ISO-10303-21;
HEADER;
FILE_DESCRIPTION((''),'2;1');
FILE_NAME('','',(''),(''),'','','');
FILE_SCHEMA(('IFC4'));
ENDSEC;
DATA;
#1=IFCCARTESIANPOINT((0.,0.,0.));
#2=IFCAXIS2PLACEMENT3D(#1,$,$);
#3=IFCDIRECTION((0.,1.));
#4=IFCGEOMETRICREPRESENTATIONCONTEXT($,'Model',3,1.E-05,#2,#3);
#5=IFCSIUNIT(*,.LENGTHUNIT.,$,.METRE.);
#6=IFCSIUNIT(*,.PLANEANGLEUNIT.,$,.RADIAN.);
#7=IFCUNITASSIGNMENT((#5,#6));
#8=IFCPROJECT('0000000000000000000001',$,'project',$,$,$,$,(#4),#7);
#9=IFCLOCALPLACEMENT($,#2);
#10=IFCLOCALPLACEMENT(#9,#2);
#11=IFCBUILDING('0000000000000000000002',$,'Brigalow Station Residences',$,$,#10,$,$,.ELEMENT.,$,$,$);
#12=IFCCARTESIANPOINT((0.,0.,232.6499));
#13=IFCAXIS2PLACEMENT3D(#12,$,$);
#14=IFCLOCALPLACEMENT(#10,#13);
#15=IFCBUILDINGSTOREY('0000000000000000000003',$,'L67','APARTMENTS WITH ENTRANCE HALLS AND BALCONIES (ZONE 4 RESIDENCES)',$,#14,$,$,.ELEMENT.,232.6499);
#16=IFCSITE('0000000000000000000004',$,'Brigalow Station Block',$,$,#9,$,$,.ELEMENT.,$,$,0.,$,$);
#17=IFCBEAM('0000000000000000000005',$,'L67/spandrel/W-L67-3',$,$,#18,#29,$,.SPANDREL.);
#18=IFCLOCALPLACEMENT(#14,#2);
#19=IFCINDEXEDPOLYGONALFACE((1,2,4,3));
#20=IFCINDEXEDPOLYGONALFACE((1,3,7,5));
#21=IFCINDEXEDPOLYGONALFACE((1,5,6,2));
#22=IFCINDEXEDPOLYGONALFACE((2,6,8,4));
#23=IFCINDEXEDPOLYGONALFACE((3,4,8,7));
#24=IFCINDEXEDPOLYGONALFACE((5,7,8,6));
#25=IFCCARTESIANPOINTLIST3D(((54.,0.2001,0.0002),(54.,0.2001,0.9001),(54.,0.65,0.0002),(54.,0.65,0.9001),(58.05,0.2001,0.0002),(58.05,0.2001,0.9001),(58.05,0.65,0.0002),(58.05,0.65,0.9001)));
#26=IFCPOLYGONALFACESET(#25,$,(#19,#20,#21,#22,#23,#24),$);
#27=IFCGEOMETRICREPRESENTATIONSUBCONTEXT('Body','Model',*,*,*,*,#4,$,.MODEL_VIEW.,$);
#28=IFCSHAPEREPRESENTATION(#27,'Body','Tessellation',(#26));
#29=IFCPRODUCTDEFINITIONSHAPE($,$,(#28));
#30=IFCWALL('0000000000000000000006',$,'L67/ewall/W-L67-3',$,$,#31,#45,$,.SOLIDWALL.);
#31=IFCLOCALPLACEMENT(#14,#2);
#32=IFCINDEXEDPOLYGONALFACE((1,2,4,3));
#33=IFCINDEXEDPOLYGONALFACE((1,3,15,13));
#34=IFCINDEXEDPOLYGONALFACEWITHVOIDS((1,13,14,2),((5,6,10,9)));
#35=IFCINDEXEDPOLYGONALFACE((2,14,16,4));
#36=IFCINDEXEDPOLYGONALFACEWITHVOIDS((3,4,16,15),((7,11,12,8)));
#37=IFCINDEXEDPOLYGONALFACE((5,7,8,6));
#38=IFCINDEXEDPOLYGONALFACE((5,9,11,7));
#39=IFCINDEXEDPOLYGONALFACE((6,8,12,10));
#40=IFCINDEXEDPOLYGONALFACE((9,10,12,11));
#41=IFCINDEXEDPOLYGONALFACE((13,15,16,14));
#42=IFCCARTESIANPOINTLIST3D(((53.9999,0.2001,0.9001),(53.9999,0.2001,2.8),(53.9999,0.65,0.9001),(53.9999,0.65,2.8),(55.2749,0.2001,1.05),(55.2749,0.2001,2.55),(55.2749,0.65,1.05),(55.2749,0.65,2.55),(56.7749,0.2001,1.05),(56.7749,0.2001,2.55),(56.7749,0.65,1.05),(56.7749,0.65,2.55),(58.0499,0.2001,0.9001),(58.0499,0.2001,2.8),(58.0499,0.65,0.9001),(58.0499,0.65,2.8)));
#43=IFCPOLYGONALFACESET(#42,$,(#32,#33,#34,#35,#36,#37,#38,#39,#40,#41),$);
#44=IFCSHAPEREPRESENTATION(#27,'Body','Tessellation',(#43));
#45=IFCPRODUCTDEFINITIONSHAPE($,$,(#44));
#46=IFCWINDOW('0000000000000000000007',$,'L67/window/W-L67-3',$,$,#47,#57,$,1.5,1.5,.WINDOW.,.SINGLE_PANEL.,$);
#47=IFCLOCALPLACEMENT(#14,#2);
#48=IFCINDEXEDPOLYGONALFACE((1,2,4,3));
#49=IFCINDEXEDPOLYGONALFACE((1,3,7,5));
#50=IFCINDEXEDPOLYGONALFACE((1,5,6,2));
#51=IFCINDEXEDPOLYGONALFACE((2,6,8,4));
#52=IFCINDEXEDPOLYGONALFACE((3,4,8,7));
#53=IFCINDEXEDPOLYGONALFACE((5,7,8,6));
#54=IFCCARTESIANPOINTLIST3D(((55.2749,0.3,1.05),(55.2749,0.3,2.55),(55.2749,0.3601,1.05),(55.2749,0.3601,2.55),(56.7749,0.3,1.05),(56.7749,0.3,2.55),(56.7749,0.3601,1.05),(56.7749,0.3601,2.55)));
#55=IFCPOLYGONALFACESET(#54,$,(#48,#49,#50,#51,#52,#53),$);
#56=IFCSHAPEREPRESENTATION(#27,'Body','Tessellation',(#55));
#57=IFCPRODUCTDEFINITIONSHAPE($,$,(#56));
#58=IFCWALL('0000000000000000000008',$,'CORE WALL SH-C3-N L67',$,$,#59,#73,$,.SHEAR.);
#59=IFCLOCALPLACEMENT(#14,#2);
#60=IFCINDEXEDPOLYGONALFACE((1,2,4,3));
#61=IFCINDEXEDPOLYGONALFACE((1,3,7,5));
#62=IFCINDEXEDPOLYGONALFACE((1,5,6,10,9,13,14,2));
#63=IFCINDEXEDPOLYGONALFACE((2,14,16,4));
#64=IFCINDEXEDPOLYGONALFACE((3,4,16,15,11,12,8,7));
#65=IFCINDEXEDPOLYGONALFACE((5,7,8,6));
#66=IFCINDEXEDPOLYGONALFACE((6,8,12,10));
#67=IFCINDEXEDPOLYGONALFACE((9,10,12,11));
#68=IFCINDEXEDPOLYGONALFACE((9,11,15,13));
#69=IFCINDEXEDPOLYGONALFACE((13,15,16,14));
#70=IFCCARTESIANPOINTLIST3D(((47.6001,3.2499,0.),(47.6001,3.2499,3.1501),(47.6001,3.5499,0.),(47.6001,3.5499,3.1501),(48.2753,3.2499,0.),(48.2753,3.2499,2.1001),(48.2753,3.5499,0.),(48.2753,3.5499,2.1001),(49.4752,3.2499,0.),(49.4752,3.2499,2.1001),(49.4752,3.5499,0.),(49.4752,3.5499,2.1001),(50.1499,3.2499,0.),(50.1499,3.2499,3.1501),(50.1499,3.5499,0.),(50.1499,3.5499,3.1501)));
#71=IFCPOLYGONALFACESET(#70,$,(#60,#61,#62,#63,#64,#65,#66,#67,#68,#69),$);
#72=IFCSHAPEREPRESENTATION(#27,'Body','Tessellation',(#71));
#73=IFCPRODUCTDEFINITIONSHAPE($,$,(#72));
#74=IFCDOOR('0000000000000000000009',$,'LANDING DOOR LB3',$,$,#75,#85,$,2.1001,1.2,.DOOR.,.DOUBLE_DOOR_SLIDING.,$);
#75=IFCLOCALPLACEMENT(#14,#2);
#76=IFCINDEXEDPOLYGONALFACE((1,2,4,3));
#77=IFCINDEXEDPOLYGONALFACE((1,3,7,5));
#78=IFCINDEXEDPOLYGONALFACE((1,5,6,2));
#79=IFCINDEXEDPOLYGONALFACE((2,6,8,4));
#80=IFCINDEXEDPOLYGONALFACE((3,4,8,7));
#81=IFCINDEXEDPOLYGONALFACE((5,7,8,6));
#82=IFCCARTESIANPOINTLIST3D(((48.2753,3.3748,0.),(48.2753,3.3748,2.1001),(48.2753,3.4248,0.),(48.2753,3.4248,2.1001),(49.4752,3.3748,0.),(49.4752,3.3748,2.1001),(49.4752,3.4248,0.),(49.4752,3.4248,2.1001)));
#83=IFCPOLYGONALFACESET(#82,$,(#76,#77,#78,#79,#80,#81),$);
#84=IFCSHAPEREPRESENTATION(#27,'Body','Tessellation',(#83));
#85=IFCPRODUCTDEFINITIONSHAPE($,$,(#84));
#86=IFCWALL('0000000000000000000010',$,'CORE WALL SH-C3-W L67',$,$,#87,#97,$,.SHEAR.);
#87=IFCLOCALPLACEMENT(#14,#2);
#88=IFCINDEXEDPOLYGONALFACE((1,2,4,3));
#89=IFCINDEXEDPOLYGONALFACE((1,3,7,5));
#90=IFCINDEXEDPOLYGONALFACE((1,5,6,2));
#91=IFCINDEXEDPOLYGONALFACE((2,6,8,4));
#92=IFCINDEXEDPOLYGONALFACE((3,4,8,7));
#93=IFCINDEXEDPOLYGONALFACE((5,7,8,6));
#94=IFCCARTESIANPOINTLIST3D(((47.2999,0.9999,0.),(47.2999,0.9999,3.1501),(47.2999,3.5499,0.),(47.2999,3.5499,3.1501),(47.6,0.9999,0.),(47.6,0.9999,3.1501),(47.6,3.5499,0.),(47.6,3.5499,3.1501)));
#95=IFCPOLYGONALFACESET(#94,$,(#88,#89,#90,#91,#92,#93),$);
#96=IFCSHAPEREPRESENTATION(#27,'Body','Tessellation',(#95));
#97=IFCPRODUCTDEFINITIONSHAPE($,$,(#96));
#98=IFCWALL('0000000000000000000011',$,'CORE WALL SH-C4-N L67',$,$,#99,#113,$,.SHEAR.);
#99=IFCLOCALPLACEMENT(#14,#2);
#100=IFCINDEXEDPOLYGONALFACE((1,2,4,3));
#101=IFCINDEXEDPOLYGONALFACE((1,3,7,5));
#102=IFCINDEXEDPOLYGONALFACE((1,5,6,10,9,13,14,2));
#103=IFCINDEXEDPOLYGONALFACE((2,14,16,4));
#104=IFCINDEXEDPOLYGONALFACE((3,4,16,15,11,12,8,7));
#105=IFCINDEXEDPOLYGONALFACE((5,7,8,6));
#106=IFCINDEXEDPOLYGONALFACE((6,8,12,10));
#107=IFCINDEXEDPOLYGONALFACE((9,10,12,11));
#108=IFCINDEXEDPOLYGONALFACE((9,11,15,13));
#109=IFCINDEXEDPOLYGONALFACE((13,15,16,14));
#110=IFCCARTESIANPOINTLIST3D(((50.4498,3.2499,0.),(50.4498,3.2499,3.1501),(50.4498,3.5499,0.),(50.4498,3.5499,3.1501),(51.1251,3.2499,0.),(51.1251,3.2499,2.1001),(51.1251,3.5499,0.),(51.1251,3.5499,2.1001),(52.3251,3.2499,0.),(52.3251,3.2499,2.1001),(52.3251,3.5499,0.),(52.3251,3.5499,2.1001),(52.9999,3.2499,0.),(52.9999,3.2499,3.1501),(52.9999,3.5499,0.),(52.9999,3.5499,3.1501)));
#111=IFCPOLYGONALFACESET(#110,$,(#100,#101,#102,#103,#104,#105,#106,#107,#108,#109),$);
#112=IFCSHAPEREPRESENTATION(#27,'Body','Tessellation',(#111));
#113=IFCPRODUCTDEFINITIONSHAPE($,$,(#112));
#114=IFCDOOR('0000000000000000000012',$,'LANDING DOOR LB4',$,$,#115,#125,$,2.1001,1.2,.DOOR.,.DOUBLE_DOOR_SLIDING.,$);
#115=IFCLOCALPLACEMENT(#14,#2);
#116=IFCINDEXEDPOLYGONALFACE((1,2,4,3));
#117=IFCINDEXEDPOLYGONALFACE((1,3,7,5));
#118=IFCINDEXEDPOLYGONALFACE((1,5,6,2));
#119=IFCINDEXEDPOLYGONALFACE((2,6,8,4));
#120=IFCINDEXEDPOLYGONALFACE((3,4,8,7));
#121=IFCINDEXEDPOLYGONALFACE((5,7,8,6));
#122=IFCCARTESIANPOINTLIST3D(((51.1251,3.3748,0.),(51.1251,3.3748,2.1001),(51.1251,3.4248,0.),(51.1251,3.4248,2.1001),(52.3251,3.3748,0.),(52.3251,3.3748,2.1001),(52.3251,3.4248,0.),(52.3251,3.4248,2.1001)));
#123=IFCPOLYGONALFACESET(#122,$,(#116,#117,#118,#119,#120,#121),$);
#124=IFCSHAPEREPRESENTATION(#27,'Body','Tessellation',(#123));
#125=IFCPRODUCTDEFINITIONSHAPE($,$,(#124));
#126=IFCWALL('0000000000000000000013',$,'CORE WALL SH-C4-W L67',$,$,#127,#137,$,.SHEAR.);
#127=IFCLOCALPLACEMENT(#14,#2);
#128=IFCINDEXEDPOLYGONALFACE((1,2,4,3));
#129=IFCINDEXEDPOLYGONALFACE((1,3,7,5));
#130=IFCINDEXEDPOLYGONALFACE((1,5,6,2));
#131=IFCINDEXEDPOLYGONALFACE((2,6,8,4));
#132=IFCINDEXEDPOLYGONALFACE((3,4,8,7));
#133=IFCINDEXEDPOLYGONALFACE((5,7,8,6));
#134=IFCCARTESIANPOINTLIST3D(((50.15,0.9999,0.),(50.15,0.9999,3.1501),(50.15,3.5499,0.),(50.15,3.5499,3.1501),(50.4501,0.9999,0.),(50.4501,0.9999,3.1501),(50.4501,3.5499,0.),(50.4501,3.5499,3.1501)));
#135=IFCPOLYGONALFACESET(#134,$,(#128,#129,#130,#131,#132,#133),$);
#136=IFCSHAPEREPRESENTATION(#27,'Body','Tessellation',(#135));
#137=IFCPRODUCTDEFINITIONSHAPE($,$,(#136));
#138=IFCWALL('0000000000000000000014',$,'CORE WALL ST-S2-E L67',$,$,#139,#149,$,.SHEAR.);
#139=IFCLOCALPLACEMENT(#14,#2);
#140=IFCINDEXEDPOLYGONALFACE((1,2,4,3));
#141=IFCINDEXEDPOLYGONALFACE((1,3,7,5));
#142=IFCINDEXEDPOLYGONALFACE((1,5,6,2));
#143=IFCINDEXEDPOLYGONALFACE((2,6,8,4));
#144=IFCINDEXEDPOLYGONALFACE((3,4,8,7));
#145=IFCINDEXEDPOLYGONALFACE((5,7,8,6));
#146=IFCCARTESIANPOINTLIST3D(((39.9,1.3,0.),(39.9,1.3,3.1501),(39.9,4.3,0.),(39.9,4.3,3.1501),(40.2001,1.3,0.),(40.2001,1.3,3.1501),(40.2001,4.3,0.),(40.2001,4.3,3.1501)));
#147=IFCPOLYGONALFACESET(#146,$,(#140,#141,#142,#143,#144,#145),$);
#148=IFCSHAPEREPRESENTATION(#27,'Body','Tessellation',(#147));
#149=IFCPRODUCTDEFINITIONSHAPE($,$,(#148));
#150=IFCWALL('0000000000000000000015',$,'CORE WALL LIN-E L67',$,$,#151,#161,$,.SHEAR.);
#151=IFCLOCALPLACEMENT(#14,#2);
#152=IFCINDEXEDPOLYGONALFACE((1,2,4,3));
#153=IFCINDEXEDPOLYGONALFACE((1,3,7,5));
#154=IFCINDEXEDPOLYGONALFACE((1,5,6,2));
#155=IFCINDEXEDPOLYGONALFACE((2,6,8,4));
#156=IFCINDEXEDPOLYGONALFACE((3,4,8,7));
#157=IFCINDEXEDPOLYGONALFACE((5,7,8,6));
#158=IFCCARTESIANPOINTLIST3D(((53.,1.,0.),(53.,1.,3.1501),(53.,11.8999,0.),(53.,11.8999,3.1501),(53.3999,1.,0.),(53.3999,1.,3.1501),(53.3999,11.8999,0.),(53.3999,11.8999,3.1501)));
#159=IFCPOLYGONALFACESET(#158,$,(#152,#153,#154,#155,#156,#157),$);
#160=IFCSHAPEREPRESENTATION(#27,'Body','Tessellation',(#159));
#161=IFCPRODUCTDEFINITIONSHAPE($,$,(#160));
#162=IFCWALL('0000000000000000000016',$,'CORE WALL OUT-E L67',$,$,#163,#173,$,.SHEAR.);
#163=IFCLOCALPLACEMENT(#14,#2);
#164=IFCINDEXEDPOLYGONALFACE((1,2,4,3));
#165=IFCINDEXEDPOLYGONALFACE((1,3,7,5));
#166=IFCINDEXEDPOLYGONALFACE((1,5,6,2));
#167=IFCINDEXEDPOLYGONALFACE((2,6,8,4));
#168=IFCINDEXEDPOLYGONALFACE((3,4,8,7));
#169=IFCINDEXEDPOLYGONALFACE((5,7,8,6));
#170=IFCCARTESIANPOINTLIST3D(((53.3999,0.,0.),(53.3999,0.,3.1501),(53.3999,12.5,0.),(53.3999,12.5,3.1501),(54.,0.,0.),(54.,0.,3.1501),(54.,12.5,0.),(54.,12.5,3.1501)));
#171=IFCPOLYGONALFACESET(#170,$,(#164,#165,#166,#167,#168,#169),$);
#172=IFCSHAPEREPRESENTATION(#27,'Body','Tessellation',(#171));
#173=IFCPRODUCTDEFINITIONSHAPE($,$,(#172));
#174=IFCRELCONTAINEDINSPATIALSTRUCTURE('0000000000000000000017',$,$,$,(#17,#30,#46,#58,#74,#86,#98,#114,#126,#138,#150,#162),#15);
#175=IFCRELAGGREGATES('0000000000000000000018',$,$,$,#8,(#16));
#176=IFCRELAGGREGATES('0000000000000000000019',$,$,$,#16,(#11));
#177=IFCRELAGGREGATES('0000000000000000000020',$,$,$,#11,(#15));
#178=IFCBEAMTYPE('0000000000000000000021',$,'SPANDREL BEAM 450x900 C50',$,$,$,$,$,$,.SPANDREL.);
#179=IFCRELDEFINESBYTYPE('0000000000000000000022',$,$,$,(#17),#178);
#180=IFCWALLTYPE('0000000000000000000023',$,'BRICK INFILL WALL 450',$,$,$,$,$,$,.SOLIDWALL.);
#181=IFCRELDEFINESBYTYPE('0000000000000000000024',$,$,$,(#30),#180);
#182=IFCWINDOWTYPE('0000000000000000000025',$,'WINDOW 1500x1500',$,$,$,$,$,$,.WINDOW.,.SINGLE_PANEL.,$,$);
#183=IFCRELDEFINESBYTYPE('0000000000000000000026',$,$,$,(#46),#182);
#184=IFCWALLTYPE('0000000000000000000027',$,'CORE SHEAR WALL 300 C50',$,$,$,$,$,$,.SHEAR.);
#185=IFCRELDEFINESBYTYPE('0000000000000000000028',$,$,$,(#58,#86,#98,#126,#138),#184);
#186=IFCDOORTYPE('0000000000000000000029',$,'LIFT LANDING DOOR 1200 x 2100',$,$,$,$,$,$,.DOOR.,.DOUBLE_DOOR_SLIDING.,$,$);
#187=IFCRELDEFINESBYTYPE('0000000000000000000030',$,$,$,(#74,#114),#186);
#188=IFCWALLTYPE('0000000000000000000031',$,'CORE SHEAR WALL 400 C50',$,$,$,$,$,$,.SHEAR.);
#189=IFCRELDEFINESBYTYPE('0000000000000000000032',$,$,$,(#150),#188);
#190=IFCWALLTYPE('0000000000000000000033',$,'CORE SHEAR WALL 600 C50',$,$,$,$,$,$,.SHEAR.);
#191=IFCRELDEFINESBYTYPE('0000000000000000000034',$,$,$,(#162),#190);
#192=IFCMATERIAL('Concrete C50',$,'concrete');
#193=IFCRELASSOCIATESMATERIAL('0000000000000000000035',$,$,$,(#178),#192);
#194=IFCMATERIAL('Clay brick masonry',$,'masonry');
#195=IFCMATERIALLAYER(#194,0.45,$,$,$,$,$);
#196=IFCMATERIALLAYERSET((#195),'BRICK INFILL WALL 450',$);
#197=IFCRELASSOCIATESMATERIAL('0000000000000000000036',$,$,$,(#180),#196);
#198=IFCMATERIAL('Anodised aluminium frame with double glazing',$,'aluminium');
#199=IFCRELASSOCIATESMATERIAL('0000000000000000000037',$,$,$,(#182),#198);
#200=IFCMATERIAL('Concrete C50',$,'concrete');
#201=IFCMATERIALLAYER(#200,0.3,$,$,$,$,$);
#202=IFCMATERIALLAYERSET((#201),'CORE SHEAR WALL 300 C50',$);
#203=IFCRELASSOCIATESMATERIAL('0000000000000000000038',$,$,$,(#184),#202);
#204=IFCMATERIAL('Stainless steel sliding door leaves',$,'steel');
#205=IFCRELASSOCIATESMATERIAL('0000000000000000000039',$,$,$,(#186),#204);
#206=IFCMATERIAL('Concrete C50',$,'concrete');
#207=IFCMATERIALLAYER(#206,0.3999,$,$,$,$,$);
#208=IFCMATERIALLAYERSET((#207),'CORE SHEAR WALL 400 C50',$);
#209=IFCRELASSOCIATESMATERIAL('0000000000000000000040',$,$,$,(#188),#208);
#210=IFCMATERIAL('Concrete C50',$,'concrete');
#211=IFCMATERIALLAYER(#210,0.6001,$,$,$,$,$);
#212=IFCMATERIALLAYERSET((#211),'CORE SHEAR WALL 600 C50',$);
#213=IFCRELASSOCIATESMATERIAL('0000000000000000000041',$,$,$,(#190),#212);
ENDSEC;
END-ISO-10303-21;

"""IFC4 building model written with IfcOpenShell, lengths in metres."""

from ifc_helpers import new_model, si_unit, direction, frame, frame_2d, origin, origin_2d, place, context, subcontext, project, spatial, rectangle, extrude, material, layer, layer_set, material_profile, profile_set, type_object, element, fill, save


model = new_model("IFC4")

# Units and contexts
model_context = context("Model", 3, precision=1e-05, world=origin(), true_north=direction((0.0, 1.0)))
body_context = subcontext(model_context, "Body", "Model", "MODEL_VIEW")
ifc_project = project(units=[si_unit("LENGTHUNIT", "METRE"), si_unit("PLANEANGLEUNIT", "RADIAN")], contexts=[model_context])

# Site, building, storey
site_placement = place(None, origin())
site = spatial("IfcSite", under=ifc_project, at=site_placement, Name="Brigalow Station Block", CompositionType="ELEMENT", RefElevation=0.0)
building_placement = place(site_placement, origin())
building = spatial("IfcBuilding", under=site, at=building_placement, Name="Brigalow Station Residences", CompositionType="ELEMENT")
storey_placement = place(building_placement, frame((0.0, 0.0, 232.6499)))
storey = spatial("IfcBuildingStorey", under=building, at=storey_placement, Name="L67", Description="APARTMENTS WITH ENTRANCE HALLS AND BALCONIES (ZONE 4 RESIDENCES)", CompositionType="ELEMENT", Elevation=232.6499)

# Beam
ifc_material_1 = material(Name="Concrete C50", Category="concrete")
ifc_material_profile = material_profile(ifc_material_1, rectangle(XDim=0.45, YDim=0.8999, at=origin_2d()), Name="RC450x900")
ifc_profile_set = profile_set([ifc_material_profile], Name="Concrete C50")
beam_type = type_object("IfcBeamType", Name="SPANDREL BEAM 450x900 C50", PredefinedType="SPANDREL", material=ifc_profile_set)
beam_placement = place(storey_placement, frame((54.0, 0.425, 0.4502), z_axis=(1.0, 0.0, 0.0), x_axis=(0.0, 1.0, 0.0)))
element("IfcBeam", 1, at=beam_placement, inside=storey, type_object=beam_type, Name="L67/spandrel/W-L67-3", PredefinedType="SPANDREL", context=body_context, shape_type="SweptSolid", body=[
    extrude(rectangle(XDim=0.45, YDim=0.8999, at=origin_2d()), origin(), (0.0, 0.0, 1.0), 4.05),
])

# Wall, opening, window
ifc_material_2 = material(Name="Clay brick masonry", Category="masonry")
ifc_layer_1 = layer(ifc_material_2, 0.45)
ifc_layer_set_1 = layer_set([ifc_layer_1], Name="BRICK INFILL WALL 450")
wall_type_1 = type_object("IfcWallType", Name="BRICK INFILL WALL 450", PredefinedType="SOLIDWALL", material=ifc_layer_set_1)
wall_1_placement = place(storey_placement, frame((54.0, 0.425, 0.9001), z_axis=(0.0, 0.0, 1.0), x_axis=(1.0, 0.0, 0.0)))
wall_1 = element("IfcWall", 2, at=wall_1_placement, inside=storey, type_object=wall_type_1, Name="L67/ewall/W-L67-3", PredefinedType="SOLIDWALL", context=body_context, shape_type="SweptSolid", body=[
    extrude(rectangle(XDim=4.05, YDim=0.45, at=frame_2d((2.0249, 0.0))), origin(), (0.0, 0.0, 1.0), 1.8999),
])
opening_1_placement = place(wall_1_placement, frame((1.2749, 0.0, 0.1499)))
opening_1 = element("IfcOpeningElement", 3, at=opening_1_placement, cuts=wall_1, PredefinedType="OPENING", context=body_context, shape_type="SweptSolid", body=[
    extrude(rectangle(XDim=1.5, YDim=1.5, at=frame_2d((0.75, 0.75))), frame((0.0, 0.2349, 0.0), z_axis=(0.0, -1.0, 0.0), x_axis=(1.0, 0.0, 0.0)), (0.0, 0.0, 1.0), 0.47),
])
ifc_material_3 = material(Name="Anodised aluminium frame with double glazing", Category="aluminium")
window_type = type_object("IfcWindowType", Name="WINDOW 1500x1500", PartitioningType="SINGLE_PANEL", PredefinedType="WINDOW", material=ifc_material_3)
window_placement = place(opening_1_placement, origin())
window = element("IfcWindow", 4, at=window_placement, inside=storey, type_object=window_type, Name="L67/window/W-L67-3", OverallHeight=1.5, OverallWidth=1.5, PartitioningType="SINGLE_PANEL", PredefinedType="WINDOW", context=body_context, shape_type="SweptSolid", body=[
    extrude(rectangle(XDim=1.5, YDim=1.5, at=frame_2d((0.75, 0.75))), frame((0.0, -0.0649, 0.0), z_axis=(0.0, -1.0, 0.0), x_axis=(1.0, 0.0, 0.0)), (0.0, 0.0, 1.0), 0.0601),
])
fill(opening_1, window)

# Wall, opening, door
ifc_material_4 = material(Name="Concrete C50", Category="concrete")
ifc_layer_2 = layer(ifc_material_4, 0.3)
ifc_layer_set_2 = layer_set([ifc_layer_2], Name="CORE SHEAR WALL 300 C50")
wall_type_2 = type_object("IfcWallType", Name="CORE SHEAR WALL 300 C50", PredefinedType="SHEAR", material=ifc_layer_set_2)
wall_2_placement = place(storey_placement, frame((47.6001, 3.3999, 0.0), z_axis=(0.0, 0.0, 1.0), x_axis=(1.0, 0.0, 0.0)))
wall_2 = element("IfcWall", 5, at=wall_2_placement, inside=storey, type_object=wall_type_2, Name="CORE WALL SH-C3-N L67", PredefinedType="SHEAR", context=body_context, shape_type="SweptSolid", body=[
    extrude(rectangle(XDim=2.5498, YDim=0.3, at=frame_2d((1.2749, 0.0))), origin(), (0.0, 0.0, 1.0), 3.1501),
])
opening_2_placement = place(wall_2_placement, frame((0.675, 0.0, 0.0)))
opening_2 = element("IfcOpeningElement", 6, at=opening_2_placement, cuts=wall_2, PredefinedType="OPENING", context=body_context, shape_type="SweptSolid", body=[
    extrude(rectangle(XDim=1.2, YDim=2.1001, at=frame_2d((0.6001, 1.05))), frame((0.0, 0.1602, 0.0), z_axis=(0.0, -1.0, 0.0), x_axis=(1.0, 0.0, 0.0)), (0.0, 0.0, 1.0), 0.3201),
])
ifc_material_5 = material(Name="Stainless steel sliding door leaves", Category="steel")
door_type = type_object("IfcDoorType", Name="LIFT LANDING DOOR 1200 x 2100", OperationType="DOUBLE_DOOR_SLIDING", PredefinedType="DOOR", material=ifc_material_5)
door_1_placement = place(opening_2_placement, origin())
door_1 = element("IfcDoor", 7, at=door_1_placement, inside=storey, type_object=door_type, Name="LANDING DOOR LB3", OperationType="DOUBLE_DOOR_SLIDING", OverallHeight=2.1001, OverallWidth=1.2, PredefinedType="DOOR", context=body_context, shape_type="SweptSolid", body=[
    extrude(rectangle(XDim=1.2, YDim=2.1001, at=frame_2d((0.6001, 1.05))), frame((0.0, 0.0249, 0.0), z_axis=(0.0, -1.0, 0.0), x_axis=(1.0, 0.0, 0.0)), (0.0, 0.0, 1.0), 0.05),
])
fill(opening_2, door_1)

# Wall
wall_3_placement = place(storey_placement, frame((47.45, 1.0, 0.0), z_axis=(0.0, 0.0, 1.0), x_axis=(0.0, 1.0, 0.0)))
element("IfcWall", 8, at=wall_3_placement, inside=storey, type_object=wall_type_2, Name="CORE WALL SH-C3-W L67", PredefinedType="SHEAR", context=body_context, shape_type="SweptSolid", body=[
    extrude(rectangle(XDim=2.55, YDim=0.3, at=frame_2d((1.2749, 0.0))), origin(), (0.0, 0.0, 1.0), 3.1501),
])

# Wall, opening, door
wall_4_placement = place(storey_placement, frame((50.45, 3.3999, 0.0), z_axis=(0.0, 0.0, 1.0), x_axis=(1.0, 0.0, 0.0)))
wall_4 = element("IfcWall", 9, at=wall_4_placement, inside=storey, type_object=wall_type_2, Name="CORE WALL SH-C4-N L67", PredefinedType="SHEAR", context=body_context, shape_type="SweptSolid", body=[
    extrude(rectangle(XDim=2.55, YDim=0.3, at=frame_2d((1.2749, 0.0))), origin(), (0.0, 0.0, 1.0), 3.1501),
])
opening_3_placement = place(wall_4_placement, frame((0.675, 0.0, 0.0)))
opening_3 = element("IfcOpeningElement", 10, at=opening_3_placement, cuts=wall_4, PredefinedType="OPENING", context=body_context, shape_type="SweptSolid", body=[
    extrude(rectangle(XDim=1.2, YDim=2.1001, at=frame_2d((0.6001, 1.05))), frame((0.0, 0.1602, 0.0), z_axis=(0.0, -1.0, 0.0), x_axis=(1.0, 0.0, 0.0)), (0.0, 0.0, 1.0), 0.3201),
])
door_2_placement = place(opening_3_placement, origin())
door_2 = element("IfcDoor", 11, at=door_2_placement, inside=storey, type_object=door_type, Name="LANDING DOOR LB4", OperationType="DOUBLE_DOOR_SLIDING", OverallHeight=2.1001, OverallWidth=1.2, PredefinedType="DOOR", context=body_context, shape_type="SweptSolid", body=[
    extrude(rectangle(XDim=1.2, YDim=2.1001, at=frame_2d((0.6001, 1.05))), frame((0.0, 0.0249, 0.0), z_axis=(0.0, -1.0, 0.0), x_axis=(1.0, 0.0, 0.0)), (0.0, 0.0, 1.0), 0.05),
])
fill(opening_3, door_2)

# Walls
wall_5_placement = place(storey_placement, frame((50.3, 1.0, 0.0), z_axis=(0.0, 0.0, 1.0), x_axis=(0.0, 1.0, 0.0)))
element("IfcWall", 12, at=wall_5_placement, inside=storey, type_object=wall_type_2, Name="CORE WALL SH-C4-W L67", PredefinedType="SHEAR", context=body_context, shape_type="SweptSolid", body=[
    extrude(rectangle(XDim=2.55, YDim=0.3, at=frame_2d((1.2749, 0.0))), origin(), (0.0, 0.0, 1.0), 3.1501),
])
wall_6_placement = place(storey_placement, frame((40.05, 1.3, 0.0), z_axis=(0.0, 0.0, 1.0), x_axis=(0.0, 1.0, 0.0)))
element("IfcWall", 13, at=wall_6_placement, inside=storey, type_object=wall_type_2, Name="CORE WALL ST-S2-E L67", PredefinedType="SHEAR", context=body_context, shape_type="SweptSolid", body=[
    extrude(rectangle(XDim=3.0, YDim=0.3, at=frame_2d((1.5, 0.0))), origin(), (0.0, 0.0, 1.0), 3.1501),
])
ifc_material_6 = material(Name="Concrete C50", Category="concrete")
ifc_layer_3 = layer(ifc_material_6, 0.3999)
ifc_layer_set_3 = layer_set([ifc_layer_3], Name="CORE SHEAR WALL 400 C50")
wall_type_3 = type_object("IfcWallType", Name="CORE SHEAR WALL 400 C50", PredefinedType="SHEAR", material=ifc_layer_set_3)
wall_7_placement = place(storey_placement, frame((53.2, 1.0, 0.0), z_axis=(0.0, 0.0, 1.0), x_axis=(0.0, 1.0, 0.0)))
element("IfcWall", 14, at=wall_7_placement, inside=storey, type_object=wall_type_3, Name="CORE WALL LIN-E L67", PredefinedType="SHEAR", context=body_context, shape_type="SweptSolid", body=[
    extrude(rectangle(XDim=10.8999, YDim=0.3999, at=frame_2d((5.45, 0.0))), origin(), (0.0, 0.0, 1.0), 3.1501),
])
ifc_material_7 = material(Name="Concrete C50", Category="concrete")
ifc_layer_4 = layer(ifc_material_7, 0.6001)
ifc_layer_set_4 = layer_set([ifc_layer_4], Name="CORE SHEAR WALL 600 C50")
wall_type_4 = type_object("IfcWallType", Name="CORE SHEAR WALL 600 C50", PredefinedType="SHEAR", material=ifc_layer_set_4)
wall_8_placement = place(storey_placement, frame((53.7, 0.0, 0.0), z_axis=(0.0, 0.0, 1.0), x_axis=(0.0, 1.0, 0.0)))
element("IfcWall", 15, at=wall_8_placement, inside=storey, type_object=wall_type_4, Name="CORE WALL OUT-E L67", PredefinedType="SHEAR", context=body_context, shape_type="SweptSolid", body=[
    extrude(rectangle(XDim=12.5, YDim=0.6001, at=frame_2d((6.25, 0.0))), origin(), (0.0, 0.0, 1.0), 3.1501),
])

save(model, "model.ifc")
